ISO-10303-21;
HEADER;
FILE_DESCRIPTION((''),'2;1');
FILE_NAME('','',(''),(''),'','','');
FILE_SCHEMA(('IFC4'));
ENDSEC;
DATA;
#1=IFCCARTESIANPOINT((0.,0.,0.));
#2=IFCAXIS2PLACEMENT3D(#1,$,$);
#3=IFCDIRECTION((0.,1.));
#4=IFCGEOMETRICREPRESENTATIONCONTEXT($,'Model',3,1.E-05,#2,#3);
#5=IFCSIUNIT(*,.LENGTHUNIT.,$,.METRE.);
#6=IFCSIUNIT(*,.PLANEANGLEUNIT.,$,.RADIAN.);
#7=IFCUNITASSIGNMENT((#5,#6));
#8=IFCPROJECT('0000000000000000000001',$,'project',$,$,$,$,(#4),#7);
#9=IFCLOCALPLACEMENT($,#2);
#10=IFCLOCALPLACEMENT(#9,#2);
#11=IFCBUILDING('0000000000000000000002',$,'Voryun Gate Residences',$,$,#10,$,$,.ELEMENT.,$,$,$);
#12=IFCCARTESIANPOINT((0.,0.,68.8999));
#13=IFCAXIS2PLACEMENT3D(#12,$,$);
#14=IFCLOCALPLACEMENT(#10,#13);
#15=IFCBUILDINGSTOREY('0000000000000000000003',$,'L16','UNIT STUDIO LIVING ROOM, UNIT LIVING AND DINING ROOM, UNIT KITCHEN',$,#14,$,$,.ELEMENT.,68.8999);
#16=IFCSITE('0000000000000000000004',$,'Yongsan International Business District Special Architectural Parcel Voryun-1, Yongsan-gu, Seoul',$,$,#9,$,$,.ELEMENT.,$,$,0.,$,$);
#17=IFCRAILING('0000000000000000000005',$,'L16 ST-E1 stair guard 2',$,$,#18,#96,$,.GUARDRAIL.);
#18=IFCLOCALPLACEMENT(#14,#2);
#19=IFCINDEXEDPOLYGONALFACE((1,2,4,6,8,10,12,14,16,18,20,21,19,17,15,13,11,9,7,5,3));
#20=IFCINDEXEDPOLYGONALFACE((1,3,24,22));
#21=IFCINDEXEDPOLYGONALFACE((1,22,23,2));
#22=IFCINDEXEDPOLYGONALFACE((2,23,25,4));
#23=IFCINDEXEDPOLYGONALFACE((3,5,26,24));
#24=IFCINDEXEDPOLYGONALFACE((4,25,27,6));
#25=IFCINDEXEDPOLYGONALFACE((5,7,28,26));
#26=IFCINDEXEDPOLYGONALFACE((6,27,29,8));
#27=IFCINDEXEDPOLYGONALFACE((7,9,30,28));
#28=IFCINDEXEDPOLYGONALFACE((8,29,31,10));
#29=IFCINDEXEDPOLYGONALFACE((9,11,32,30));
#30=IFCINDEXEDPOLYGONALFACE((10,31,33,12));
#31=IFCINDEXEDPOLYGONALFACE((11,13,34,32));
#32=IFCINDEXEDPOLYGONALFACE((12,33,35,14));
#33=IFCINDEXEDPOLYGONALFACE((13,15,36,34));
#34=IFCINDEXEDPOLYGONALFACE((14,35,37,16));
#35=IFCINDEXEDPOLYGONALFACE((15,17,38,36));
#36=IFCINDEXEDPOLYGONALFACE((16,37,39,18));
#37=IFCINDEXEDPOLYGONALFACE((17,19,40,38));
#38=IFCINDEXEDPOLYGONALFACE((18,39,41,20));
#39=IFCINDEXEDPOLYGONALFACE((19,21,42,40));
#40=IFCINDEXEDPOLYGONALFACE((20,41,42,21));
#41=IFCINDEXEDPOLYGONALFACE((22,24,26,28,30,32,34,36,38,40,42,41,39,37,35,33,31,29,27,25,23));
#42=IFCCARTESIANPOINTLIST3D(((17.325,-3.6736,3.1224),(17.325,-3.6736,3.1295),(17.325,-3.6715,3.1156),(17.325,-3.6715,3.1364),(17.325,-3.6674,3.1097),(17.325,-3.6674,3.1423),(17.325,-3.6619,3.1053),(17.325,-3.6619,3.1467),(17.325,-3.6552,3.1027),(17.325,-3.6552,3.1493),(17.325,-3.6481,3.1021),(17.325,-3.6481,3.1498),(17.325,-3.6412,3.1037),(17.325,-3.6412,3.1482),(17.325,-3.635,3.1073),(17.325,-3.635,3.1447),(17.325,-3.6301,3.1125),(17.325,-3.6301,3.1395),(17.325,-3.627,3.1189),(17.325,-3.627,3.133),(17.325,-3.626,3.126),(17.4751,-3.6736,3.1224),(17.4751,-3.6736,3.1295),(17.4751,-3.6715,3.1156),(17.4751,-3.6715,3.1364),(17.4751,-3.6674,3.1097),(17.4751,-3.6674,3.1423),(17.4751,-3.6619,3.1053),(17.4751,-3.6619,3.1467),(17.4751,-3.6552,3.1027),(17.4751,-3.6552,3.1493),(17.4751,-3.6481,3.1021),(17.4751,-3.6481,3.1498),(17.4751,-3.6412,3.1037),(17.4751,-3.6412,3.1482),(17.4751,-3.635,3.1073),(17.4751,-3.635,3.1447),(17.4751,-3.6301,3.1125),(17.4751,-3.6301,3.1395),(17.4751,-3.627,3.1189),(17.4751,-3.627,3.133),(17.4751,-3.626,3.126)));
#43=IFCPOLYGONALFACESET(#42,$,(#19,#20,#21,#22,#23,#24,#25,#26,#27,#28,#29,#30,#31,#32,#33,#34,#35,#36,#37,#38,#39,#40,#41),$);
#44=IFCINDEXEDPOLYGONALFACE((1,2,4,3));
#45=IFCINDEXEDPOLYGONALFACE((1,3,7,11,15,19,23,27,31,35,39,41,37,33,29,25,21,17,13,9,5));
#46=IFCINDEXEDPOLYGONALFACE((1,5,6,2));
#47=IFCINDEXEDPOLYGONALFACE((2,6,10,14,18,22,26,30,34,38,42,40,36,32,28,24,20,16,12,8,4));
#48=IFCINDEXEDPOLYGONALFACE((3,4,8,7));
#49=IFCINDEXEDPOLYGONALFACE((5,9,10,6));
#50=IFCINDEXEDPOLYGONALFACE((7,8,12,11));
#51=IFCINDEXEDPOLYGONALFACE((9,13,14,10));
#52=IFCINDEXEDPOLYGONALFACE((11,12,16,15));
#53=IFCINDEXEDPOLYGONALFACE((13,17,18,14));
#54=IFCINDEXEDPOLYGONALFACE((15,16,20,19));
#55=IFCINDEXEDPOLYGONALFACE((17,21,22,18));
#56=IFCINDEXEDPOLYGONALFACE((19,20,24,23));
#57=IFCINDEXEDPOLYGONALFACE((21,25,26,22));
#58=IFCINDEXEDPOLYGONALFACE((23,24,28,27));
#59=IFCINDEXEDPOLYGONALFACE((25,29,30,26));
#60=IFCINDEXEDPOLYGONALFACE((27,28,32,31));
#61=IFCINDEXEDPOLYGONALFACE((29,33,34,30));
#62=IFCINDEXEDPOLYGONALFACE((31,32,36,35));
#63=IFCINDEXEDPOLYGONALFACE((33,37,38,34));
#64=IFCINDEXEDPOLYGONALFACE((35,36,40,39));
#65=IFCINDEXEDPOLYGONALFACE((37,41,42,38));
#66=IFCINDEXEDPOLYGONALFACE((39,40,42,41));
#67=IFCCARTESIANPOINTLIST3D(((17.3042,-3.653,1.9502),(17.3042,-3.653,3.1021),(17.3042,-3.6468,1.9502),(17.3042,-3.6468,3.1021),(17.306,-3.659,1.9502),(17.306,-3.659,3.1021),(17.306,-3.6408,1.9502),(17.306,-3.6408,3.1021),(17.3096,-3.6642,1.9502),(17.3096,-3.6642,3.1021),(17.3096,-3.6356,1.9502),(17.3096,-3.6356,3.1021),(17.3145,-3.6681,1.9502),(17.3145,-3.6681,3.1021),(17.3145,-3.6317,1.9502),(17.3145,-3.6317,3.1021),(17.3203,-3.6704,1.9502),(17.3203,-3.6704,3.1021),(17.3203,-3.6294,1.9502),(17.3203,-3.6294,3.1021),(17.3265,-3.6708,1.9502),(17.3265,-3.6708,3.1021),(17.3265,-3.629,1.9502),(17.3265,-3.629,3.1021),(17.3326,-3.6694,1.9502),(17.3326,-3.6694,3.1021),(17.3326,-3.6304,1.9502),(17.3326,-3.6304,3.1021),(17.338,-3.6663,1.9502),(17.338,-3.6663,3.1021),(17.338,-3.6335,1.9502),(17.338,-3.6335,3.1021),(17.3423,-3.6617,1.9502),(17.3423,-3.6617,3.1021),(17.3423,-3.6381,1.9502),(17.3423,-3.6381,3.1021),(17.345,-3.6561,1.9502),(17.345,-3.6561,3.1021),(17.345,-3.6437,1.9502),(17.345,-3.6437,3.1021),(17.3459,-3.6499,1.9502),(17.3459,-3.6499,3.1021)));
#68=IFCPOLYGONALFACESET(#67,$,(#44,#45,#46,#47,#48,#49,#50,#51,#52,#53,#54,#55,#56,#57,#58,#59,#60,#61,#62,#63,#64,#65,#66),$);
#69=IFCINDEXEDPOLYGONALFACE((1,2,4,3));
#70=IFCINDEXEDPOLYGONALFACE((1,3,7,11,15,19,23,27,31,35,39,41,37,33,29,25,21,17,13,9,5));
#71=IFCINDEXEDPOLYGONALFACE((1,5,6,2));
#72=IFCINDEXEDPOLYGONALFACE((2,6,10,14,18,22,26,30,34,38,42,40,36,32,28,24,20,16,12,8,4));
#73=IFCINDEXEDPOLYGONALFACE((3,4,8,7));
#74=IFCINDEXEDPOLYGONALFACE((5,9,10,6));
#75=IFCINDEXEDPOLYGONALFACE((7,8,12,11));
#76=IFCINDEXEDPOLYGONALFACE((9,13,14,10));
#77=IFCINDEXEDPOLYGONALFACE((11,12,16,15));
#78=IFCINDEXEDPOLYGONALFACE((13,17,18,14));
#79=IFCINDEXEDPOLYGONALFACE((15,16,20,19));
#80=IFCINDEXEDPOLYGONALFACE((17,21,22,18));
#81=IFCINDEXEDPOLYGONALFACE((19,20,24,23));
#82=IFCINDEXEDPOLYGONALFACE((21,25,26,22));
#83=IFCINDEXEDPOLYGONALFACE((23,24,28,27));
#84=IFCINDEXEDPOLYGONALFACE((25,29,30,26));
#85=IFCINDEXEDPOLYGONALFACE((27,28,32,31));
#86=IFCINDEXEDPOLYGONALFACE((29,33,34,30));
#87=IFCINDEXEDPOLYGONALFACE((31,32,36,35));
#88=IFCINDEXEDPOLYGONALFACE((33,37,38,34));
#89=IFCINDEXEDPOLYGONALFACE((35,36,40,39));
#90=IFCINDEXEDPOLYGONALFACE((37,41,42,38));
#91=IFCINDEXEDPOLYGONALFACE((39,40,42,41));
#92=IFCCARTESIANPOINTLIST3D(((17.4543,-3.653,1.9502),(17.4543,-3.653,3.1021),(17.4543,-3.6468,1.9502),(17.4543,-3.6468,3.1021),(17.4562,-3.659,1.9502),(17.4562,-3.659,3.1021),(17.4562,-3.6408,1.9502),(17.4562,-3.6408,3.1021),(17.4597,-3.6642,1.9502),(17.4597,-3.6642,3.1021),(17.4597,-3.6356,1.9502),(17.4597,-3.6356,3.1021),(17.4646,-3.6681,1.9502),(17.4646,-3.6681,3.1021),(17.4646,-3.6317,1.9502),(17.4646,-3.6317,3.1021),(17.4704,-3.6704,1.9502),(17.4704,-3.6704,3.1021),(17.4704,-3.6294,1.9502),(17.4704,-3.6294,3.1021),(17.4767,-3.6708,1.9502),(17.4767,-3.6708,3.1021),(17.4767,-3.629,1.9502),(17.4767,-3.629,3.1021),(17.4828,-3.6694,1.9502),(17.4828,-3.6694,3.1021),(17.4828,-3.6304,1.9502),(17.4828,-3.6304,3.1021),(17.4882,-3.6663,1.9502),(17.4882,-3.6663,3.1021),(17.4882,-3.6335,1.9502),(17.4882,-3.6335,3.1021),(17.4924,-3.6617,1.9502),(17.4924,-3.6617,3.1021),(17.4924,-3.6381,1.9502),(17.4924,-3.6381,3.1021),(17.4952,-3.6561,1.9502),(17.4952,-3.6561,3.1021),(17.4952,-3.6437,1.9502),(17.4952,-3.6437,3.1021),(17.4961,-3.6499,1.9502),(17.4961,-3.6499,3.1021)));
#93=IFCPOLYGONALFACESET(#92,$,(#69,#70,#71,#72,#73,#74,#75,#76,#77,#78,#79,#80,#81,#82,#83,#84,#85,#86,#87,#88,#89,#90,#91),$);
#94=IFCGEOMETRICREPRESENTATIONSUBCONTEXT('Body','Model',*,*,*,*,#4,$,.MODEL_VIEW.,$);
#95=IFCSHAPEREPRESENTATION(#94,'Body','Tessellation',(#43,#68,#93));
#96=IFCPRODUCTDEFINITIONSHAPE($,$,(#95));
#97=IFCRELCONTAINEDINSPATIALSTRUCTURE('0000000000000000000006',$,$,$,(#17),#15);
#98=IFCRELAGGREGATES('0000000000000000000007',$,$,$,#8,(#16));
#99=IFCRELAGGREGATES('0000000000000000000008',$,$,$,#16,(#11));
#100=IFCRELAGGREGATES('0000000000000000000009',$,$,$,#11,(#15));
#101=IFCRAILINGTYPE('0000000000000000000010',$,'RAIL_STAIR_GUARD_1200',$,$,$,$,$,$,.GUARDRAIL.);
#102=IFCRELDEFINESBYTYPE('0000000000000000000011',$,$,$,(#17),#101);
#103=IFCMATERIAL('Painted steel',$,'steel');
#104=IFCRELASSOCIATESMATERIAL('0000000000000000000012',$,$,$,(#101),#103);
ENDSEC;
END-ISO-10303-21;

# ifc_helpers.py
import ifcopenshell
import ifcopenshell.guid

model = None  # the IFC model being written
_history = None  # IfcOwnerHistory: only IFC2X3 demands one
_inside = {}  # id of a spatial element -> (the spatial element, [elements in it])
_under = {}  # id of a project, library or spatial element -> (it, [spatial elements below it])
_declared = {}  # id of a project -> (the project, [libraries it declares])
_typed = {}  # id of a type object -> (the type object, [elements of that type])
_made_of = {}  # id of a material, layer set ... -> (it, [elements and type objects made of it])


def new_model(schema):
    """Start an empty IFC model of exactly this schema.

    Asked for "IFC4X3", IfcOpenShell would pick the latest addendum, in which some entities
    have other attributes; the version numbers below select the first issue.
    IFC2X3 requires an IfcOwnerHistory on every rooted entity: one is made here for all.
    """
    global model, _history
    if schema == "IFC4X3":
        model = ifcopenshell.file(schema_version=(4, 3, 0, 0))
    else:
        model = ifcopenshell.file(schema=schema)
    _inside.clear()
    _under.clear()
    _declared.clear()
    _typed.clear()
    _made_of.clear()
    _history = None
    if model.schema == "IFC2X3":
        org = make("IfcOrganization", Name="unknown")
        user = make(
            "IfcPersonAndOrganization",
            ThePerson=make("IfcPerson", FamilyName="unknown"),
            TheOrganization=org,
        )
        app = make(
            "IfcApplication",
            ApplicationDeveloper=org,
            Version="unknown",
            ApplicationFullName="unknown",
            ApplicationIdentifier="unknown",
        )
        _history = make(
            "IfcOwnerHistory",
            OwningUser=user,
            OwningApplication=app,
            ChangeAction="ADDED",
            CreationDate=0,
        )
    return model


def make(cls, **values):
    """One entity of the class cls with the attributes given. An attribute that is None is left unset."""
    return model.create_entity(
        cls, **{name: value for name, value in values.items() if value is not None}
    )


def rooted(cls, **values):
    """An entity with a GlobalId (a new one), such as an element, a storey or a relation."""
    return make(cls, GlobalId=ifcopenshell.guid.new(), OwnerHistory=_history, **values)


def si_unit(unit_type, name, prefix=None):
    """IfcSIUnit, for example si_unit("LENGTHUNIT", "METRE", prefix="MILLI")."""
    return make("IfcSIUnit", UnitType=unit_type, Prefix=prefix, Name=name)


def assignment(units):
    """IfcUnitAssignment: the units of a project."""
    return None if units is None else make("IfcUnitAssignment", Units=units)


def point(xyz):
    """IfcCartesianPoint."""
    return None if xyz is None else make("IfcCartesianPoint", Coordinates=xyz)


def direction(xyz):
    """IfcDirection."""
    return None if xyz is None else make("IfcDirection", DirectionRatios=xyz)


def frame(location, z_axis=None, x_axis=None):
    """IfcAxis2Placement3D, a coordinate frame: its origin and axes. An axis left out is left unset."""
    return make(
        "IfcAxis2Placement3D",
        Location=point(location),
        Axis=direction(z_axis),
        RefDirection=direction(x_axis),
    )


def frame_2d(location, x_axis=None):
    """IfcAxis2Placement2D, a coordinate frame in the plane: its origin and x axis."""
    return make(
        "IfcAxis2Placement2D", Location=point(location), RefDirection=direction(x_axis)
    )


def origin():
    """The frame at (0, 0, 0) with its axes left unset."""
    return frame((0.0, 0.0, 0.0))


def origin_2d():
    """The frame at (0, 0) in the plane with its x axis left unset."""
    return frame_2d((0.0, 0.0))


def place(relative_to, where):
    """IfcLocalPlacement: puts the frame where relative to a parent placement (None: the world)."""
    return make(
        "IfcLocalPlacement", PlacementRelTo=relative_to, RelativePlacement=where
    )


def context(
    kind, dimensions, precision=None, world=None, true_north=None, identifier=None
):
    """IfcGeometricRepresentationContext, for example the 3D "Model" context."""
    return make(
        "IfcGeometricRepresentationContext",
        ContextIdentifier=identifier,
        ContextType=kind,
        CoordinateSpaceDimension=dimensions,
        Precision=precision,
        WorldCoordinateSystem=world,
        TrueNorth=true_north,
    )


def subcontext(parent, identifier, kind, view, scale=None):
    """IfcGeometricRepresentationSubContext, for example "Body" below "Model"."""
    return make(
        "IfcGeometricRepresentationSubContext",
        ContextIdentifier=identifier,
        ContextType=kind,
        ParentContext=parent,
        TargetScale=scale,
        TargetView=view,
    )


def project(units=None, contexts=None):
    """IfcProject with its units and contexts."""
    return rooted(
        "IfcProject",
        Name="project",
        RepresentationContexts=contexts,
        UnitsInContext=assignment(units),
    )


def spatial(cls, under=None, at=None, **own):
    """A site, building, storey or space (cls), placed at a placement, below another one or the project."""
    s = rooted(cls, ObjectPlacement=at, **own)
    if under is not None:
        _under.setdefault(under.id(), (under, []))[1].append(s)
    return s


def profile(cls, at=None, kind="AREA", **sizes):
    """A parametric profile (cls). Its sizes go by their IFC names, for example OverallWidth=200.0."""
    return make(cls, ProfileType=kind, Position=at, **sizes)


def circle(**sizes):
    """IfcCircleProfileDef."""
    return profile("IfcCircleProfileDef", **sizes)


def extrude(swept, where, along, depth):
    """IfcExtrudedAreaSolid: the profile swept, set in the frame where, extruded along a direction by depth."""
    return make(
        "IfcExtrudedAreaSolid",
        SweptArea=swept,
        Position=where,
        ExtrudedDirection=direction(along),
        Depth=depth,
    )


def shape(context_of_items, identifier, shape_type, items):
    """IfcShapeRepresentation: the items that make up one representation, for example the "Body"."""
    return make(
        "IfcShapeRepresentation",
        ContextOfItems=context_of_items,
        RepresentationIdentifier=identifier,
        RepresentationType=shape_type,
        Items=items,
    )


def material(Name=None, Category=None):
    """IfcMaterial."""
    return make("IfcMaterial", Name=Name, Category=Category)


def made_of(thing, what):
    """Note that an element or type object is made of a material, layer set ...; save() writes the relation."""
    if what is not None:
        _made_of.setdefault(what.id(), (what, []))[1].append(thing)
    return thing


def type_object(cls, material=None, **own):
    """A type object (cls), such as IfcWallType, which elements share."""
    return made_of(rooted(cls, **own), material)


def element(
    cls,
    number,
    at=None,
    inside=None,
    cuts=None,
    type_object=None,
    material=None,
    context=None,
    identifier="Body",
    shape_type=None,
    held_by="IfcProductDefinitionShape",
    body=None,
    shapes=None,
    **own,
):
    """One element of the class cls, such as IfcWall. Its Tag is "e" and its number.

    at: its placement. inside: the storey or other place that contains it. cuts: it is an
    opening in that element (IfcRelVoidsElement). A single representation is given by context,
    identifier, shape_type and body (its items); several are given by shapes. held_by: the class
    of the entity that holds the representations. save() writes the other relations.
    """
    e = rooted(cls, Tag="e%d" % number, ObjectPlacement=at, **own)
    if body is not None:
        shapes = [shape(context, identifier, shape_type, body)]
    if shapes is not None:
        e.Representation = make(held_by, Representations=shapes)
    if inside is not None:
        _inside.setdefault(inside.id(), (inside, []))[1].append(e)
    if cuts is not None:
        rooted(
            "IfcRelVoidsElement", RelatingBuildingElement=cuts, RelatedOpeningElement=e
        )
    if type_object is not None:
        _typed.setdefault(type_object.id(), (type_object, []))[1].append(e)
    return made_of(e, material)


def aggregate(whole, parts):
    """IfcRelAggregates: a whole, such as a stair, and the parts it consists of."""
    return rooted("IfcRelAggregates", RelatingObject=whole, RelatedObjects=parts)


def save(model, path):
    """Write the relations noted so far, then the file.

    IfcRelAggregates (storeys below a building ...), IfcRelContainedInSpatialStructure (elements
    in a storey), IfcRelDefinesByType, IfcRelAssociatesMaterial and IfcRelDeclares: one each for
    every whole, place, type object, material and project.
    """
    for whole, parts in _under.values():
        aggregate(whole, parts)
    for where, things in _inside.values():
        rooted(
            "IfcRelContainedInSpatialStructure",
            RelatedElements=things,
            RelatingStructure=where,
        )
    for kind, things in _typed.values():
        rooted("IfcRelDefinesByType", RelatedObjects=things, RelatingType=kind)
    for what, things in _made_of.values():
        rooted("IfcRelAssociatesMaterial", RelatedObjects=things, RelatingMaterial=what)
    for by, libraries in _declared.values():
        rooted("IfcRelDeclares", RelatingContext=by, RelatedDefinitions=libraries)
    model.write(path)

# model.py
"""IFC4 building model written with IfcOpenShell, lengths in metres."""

from ifc_helpers import new_model, si_unit, direction, frame, origin, origin_2d, place, context, subcontext, project, spatial, circle, extrude, material, type_object, element, save


model = new_model("IFC4")

# Units and contexts
model_context = context("Model", 3, precision=1e-05, world=origin(), true_north=direction((0.0, 1.0)))
body_context = subcontext(model_context, "Body", "Model", "MODEL_VIEW")
ifc_project = project(units=[si_unit("LENGTHUNIT", "METRE"), si_unit("PLANEANGLEUNIT", "RADIAN")], contexts=[model_context])

# Site, building, storey
site_placement = place(None, origin())
site = spatial("IfcSite", under=ifc_project, at=site_placement, Name="Yongsan International Business District Special Architectural Parcel Voryun-1, Yongsan-gu, Seoul", CompositionType="ELEMENT", RefElevation=0.0)
building_placement = place(site_placement, origin())
building = spatial("IfcBuilding", under=site, at=building_placement, Name="Voryun Gate Residences", CompositionType="ELEMENT")
storey_placement = place(building_placement, frame((0.0, 0.0, 68.8999)))
storey = spatial("IfcBuildingStorey", under=building, at=storey_placement, Name="L16", Description="UNIT STUDIO LIVING ROOM, UNIT LIVING AND DINING ROOM, UNIT KITCHEN", CompositionType="ELEMENT", Elevation=68.8999)

# Railing
ifc_material_1 = material(Name="Painted steel", Category="steel")
railing_type_1 = type_object("IfcRailingType", Name="RAIL_STAIR_GUARD_1200", PredefinedType="GUARDRAIL", material=ifc_material_1)
railing_1_placement = place(storey_placement, frame((17.325, -3.6499, 1.9502)))
element("IfcRailing", 1, at=railing_1_placement, inside=storey, type_object=railing_type_1, Name="L16 ST-E1 stair guard 2", PredefinedType="GUARDRAIL", context=body_context, shape_type="SweptSolid", body=[
    extrude(circle(Radius=0.0239, at=origin_2d()), frame((0.0, 0.0, 1.1758), z_axis=(1.0, 0.0, 0.0), x_axis=(0.0, 1.0, 0.0)), (0.0, 0.0, 1.0), 0.1501),
    extrude(circle(Radius=0.021, at=origin_2d()), origin(), (0.0, 0.0, 1.0), 1.1519),
    extrude(circle(Radius=0.021, at=origin_2d()), frame((0.1501, 0.0, 0.0)), (0.0, 0.0, 1.0), 1.1519),
])

save(model, "model.ifc")
